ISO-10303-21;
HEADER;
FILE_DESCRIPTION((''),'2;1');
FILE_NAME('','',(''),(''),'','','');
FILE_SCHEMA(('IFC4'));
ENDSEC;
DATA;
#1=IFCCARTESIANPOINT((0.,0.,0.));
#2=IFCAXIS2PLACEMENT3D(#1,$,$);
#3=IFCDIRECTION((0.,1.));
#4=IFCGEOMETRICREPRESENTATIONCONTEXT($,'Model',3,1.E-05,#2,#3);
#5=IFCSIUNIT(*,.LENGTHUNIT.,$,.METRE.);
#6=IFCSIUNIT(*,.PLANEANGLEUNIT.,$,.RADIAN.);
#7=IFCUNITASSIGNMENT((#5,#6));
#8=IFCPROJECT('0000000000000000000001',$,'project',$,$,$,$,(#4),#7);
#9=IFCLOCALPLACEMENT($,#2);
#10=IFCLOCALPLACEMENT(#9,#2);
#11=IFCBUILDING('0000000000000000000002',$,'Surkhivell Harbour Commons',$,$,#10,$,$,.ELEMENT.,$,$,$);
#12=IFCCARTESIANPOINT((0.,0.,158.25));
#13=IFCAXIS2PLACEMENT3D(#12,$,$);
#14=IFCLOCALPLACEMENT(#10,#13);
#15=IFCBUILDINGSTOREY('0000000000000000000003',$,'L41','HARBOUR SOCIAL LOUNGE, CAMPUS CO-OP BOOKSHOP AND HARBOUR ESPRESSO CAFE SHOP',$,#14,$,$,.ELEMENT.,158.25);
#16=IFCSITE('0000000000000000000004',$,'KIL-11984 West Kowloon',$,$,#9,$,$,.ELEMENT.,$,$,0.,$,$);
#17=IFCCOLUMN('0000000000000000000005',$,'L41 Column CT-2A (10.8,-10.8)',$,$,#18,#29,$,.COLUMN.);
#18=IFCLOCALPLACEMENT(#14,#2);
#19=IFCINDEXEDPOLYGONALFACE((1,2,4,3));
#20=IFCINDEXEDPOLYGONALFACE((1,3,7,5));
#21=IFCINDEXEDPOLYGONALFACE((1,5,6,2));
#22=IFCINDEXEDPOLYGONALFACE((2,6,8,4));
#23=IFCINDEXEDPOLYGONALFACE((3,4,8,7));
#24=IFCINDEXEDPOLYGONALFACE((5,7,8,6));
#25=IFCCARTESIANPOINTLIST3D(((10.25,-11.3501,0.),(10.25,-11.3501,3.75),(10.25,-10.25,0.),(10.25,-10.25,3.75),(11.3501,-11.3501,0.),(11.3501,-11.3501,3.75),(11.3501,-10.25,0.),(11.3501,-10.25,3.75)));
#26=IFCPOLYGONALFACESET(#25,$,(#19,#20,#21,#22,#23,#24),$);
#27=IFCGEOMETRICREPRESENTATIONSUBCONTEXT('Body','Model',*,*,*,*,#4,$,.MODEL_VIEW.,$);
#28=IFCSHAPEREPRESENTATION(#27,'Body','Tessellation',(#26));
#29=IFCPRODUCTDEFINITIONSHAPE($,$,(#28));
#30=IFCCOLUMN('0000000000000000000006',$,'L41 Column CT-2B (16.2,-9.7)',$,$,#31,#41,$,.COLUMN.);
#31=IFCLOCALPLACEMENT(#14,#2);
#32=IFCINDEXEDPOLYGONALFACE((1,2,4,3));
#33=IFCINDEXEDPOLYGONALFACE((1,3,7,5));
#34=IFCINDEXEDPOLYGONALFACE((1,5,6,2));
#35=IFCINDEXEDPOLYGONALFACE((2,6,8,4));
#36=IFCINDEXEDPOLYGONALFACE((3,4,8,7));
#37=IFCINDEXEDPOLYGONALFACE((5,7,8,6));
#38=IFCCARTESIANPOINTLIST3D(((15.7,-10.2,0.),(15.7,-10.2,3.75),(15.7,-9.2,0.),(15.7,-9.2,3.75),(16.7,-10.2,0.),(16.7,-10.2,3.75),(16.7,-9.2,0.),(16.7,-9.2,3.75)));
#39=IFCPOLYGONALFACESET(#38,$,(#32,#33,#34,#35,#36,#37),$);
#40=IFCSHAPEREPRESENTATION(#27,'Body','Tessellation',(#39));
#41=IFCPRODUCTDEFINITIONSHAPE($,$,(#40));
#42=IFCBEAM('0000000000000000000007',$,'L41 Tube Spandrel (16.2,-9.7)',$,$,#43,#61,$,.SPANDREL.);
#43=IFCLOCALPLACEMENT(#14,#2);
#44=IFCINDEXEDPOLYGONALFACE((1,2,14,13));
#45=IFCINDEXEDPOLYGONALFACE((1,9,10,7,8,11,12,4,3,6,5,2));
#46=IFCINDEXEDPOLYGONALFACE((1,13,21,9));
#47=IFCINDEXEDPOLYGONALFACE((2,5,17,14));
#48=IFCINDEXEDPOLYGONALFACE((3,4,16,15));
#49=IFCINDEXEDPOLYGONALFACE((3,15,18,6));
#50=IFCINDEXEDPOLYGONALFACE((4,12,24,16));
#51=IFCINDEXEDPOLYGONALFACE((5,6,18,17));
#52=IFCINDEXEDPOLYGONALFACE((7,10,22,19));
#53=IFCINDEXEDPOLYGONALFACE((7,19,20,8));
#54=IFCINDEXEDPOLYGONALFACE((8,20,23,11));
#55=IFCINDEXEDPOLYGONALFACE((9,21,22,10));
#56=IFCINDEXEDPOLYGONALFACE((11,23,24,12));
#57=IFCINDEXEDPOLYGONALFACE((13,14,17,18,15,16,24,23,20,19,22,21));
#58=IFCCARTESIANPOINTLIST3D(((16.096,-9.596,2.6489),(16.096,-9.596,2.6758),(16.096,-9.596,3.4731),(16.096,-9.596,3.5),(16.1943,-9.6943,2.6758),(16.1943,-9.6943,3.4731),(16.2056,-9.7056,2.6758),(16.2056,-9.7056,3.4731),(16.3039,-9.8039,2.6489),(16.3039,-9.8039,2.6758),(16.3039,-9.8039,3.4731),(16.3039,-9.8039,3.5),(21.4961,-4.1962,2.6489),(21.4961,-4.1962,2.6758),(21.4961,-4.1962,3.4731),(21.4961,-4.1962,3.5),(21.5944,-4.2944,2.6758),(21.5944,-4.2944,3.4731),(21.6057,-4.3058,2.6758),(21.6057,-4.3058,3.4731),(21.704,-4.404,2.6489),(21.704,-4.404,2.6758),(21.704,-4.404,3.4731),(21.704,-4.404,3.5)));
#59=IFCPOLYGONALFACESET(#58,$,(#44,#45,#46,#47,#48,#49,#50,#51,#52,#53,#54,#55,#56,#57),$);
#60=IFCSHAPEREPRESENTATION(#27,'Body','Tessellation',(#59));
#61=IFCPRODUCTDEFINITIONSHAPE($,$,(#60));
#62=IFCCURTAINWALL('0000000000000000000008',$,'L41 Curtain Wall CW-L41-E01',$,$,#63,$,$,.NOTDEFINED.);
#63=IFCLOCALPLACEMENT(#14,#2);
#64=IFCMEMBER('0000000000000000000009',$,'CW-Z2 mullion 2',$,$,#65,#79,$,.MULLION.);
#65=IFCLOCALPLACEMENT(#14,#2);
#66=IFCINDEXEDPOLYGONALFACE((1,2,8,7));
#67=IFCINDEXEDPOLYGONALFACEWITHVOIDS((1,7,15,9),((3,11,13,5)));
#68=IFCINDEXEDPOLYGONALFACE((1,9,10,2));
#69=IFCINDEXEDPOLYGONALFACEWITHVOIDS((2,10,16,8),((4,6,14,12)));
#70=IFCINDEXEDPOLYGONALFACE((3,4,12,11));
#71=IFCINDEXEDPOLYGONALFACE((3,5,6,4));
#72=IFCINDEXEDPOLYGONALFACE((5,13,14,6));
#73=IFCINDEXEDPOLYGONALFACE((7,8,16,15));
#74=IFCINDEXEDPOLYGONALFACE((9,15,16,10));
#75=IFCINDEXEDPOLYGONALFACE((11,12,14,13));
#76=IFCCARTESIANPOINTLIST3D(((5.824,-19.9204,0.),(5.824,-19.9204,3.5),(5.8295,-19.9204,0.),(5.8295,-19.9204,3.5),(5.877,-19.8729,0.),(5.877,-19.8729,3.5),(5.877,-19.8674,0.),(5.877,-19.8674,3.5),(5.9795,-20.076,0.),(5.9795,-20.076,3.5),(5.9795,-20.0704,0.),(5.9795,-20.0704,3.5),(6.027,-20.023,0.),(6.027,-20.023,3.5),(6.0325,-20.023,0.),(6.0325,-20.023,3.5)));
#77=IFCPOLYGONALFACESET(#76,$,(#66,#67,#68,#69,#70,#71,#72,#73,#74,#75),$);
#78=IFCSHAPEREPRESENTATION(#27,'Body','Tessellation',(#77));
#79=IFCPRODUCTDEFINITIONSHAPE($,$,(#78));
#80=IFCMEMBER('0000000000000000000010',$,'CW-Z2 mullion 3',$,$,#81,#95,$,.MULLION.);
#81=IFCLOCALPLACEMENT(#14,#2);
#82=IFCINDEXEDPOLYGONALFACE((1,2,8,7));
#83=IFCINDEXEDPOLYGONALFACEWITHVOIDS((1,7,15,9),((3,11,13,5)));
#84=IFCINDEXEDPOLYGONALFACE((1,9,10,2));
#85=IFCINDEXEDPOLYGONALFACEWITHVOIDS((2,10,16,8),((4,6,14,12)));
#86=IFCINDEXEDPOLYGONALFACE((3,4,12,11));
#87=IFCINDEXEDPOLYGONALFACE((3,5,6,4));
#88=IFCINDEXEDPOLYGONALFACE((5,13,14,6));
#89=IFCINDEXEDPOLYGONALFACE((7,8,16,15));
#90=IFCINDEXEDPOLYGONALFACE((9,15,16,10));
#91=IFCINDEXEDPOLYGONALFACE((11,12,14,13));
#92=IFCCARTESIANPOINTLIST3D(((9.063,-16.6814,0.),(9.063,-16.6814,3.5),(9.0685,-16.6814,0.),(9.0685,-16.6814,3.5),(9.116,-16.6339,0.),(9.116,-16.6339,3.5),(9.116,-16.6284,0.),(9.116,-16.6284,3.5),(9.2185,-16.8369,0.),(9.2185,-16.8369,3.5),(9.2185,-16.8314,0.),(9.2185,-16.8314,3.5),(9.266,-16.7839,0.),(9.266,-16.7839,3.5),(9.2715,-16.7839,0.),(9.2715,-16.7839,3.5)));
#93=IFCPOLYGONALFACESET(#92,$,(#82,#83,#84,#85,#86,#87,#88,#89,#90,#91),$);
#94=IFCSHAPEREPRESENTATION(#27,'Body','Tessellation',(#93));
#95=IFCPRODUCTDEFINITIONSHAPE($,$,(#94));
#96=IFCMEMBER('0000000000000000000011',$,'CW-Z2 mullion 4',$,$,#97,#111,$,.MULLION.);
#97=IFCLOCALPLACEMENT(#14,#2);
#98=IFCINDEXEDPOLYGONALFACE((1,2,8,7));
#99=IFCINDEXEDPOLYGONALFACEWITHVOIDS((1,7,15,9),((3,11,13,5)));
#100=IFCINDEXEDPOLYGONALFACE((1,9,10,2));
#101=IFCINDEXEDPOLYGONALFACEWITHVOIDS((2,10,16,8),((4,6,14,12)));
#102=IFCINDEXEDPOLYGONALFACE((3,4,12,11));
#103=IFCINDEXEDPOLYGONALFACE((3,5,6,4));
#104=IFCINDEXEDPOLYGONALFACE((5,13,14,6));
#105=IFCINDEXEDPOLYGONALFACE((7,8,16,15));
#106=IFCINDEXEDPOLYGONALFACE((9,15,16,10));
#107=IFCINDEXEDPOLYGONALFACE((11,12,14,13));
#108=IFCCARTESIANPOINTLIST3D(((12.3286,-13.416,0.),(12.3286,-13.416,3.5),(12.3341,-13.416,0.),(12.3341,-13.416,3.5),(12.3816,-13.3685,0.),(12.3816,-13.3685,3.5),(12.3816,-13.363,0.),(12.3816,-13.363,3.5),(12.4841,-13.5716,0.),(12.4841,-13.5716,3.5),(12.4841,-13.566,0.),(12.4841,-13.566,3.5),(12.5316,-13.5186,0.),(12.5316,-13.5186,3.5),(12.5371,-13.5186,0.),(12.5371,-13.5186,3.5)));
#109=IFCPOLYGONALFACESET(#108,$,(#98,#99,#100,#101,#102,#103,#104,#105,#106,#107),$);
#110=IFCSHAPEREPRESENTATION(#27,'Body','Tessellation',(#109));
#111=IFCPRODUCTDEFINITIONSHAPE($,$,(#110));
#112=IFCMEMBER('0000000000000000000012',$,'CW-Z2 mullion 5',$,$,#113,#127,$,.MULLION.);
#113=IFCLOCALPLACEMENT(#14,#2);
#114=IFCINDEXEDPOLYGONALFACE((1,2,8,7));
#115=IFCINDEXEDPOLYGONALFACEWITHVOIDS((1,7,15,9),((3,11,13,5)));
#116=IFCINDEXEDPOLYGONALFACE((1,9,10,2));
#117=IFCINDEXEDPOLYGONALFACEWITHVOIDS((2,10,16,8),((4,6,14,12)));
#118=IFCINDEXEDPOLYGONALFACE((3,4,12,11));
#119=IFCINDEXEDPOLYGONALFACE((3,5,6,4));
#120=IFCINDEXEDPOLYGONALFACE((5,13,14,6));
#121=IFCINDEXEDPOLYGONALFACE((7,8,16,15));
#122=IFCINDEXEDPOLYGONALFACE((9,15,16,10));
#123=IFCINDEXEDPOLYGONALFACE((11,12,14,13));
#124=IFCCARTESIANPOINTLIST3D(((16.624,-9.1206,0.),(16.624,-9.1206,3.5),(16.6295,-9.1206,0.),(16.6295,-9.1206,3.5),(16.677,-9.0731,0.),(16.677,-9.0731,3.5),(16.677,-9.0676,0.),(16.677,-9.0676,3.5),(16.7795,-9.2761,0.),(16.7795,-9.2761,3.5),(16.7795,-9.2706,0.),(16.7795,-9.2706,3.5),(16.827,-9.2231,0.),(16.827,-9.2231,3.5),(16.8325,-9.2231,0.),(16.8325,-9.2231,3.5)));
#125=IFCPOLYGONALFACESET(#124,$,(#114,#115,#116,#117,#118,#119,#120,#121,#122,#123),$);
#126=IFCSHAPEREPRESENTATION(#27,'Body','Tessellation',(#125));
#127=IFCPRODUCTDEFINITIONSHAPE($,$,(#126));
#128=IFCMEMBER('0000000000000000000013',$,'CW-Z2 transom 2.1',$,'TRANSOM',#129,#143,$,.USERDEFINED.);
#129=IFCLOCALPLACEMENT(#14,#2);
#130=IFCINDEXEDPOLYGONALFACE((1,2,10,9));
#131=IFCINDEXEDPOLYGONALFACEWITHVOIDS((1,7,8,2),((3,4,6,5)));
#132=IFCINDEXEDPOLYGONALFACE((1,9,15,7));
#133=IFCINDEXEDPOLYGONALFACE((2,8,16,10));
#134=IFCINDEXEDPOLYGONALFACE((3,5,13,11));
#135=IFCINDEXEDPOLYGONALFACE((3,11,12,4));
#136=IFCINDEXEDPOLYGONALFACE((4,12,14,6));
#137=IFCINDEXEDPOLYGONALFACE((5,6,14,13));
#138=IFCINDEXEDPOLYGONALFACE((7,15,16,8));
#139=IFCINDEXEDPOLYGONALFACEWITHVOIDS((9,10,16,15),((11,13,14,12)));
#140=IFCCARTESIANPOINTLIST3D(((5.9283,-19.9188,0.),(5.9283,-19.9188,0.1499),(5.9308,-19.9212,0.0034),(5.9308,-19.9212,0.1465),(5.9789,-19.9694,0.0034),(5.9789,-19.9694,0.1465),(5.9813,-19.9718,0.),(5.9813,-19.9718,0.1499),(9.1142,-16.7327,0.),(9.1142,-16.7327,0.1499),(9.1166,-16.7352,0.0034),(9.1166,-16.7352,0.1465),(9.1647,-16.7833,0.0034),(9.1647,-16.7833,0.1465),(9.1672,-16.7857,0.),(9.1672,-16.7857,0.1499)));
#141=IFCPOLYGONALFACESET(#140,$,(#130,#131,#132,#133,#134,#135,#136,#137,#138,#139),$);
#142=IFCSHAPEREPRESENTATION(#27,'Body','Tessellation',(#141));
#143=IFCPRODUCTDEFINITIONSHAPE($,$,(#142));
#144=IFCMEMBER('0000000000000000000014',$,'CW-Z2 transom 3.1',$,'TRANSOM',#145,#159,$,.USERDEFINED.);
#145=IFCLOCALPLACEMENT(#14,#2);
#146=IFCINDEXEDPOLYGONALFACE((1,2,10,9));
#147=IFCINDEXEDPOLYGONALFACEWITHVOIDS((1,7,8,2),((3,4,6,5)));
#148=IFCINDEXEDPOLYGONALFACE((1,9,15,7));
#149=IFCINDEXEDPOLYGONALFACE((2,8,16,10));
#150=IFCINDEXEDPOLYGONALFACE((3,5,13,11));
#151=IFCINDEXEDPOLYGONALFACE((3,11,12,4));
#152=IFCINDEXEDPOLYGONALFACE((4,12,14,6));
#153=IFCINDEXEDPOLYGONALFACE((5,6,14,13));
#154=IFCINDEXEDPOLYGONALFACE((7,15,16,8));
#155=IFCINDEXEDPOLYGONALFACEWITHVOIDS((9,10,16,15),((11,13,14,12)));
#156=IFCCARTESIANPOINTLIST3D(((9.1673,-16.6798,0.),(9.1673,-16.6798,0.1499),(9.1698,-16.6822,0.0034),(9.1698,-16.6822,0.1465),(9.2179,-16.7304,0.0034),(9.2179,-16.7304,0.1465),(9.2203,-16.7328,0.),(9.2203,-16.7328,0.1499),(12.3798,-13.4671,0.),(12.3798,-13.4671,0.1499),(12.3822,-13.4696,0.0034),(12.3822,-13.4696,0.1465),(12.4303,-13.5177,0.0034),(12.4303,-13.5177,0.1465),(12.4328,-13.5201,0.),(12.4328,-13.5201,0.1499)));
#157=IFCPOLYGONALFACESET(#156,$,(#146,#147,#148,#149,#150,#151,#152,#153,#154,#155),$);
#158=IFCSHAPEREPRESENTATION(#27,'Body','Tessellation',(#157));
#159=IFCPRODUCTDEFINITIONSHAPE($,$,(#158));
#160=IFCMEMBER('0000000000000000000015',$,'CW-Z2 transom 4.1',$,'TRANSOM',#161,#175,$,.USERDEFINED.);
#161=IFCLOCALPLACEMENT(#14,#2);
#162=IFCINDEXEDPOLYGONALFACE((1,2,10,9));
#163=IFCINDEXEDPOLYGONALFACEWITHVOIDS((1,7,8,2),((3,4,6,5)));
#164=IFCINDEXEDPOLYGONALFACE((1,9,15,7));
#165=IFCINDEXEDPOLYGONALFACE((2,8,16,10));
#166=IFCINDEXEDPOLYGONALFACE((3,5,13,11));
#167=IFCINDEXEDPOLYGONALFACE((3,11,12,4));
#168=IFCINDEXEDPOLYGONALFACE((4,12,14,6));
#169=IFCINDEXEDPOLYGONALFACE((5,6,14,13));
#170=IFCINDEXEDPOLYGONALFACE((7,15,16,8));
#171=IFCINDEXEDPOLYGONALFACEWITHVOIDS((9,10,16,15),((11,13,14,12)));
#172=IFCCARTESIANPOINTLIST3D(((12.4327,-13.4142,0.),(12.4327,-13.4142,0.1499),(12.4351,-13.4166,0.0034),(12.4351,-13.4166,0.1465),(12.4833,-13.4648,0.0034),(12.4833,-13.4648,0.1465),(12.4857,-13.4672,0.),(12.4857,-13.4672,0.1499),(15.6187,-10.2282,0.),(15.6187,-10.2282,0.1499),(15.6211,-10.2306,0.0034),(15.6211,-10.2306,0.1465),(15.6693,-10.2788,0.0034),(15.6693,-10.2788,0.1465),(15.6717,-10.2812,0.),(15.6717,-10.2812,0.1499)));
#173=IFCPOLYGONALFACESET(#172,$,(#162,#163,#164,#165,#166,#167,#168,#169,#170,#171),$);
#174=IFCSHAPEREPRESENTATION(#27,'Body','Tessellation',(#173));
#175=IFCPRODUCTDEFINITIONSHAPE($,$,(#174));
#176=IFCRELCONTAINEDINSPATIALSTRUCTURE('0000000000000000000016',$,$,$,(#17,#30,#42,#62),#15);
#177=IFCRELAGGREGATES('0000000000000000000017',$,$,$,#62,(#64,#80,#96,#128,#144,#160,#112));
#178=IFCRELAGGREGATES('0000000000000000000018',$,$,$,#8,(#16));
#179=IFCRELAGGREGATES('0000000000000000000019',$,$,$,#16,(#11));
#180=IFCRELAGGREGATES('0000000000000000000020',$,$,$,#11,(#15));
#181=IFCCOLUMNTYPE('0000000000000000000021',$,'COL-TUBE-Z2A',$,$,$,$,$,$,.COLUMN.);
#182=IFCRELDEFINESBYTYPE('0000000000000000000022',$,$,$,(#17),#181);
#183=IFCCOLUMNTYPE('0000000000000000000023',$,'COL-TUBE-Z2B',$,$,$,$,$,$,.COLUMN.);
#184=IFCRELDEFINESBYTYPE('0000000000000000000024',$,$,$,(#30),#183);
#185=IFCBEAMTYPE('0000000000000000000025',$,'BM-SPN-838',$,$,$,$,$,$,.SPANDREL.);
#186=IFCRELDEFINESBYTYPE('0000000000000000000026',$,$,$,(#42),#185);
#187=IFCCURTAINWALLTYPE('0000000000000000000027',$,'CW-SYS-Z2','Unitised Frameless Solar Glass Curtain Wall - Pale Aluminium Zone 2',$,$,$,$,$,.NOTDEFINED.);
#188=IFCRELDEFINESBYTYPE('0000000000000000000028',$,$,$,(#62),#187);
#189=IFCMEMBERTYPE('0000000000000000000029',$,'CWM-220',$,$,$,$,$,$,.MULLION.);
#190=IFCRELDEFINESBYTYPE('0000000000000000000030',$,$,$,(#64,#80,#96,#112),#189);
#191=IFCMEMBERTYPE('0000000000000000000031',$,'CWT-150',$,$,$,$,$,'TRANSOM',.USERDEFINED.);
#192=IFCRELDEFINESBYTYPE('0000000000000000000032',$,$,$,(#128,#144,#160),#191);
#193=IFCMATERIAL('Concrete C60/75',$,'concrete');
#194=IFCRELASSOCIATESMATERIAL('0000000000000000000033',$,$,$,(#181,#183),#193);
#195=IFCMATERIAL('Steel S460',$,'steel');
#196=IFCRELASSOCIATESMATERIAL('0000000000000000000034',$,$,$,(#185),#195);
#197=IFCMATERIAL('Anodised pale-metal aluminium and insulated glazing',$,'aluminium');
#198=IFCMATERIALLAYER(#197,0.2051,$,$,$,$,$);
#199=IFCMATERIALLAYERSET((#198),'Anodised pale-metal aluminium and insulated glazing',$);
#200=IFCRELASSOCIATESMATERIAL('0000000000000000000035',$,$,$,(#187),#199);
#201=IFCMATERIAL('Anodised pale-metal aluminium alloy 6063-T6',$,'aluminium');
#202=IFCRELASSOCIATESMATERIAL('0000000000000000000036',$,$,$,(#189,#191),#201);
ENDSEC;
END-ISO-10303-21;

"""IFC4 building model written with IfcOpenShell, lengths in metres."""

from ifc_helpers import new_model, si_unit, direction, frame, origin, origin_2d, place, context, subcontext, project, spatial, rectangle, hollow_rectangle, i_section, extrude, material, layer, layer_set, material_profile, profile_set, type_object, element, aggregate, save


model = new_model("IFC4")

# Units and contexts
model_context = context("Model", 3, precision=1e-05, world=origin(), true_north=direction((0.0, 1.0)))
body_context = subcontext(model_context, "Body", "Model", "MODEL_VIEW")
ifc_project = project(units=[si_unit("LENGTHUNIT", "METRE"), si_unit("PLANEANGLEUNIT", "RADIAN")], contexts=[model_context])

# Site, building, storey
site_placement = place(None, origin())
site = spatial("IfcSite", under=ifc_project, at=site_placement, Name="KIL-11984 West Kowloon", CompositionType="ELEMENT", RefElevation=0.0)
building_placement = place(site_placement, origin())
building = spatial("IfcBuilding", under=site, at=building_placement, Name="Surkhivell Harbour Commons", CompositionType="ELEMENT")
storey_placement = place(building_placement, frame((0.0, 0.0, 158.25)))
storey = spatial("IfcBuildingStorey", under=building, at=storey_placement, Name="L41", Description="HARBOUR SOCIAL LOUNGE, CAMPUS CO-OP BOOKSHOP AND HARBOUR ESPRESSO CAFE SHOP", CompositionType="ELEMENT", Elevation=158.25)

# Columns
ifc_material_1 = material(Name="Concrete C60/75", Category="concrete")
ifc_material_profile_1 = material_profile(ifc_material_1, rectangle(XDim=1.1001, YDim=1.1001, at=origin_2d()), Name="RC-COL-1100x1100")
ifc_profile_set_1 = profile_set([ifc_material_profile_1], Name="Concrete C60/75")
column_type_1 = type_object("IfcColumnType", Name="COL-TUBE-Z2A", PredefinedType="COLUMN", material=ifc_profile_set_1)
column_1_placement = place(storey_placement, frame((10.8, -10.8, 0.0), z_axis=(0.0, 0.0, 1.0), x_axis=(1.0, 0.0, 0.0)))
element("IfcColumn", 1, at=column_1_placement, inside=storey, type_object=column_type_1, Name="L41 Column CT-2A (10.8,-10.8)", PredefinedType="COLUMN", context=body_context, shape_type="SweptSolid", body=[
    extrude(rectangle(XDim=1.1001, YDim=1.1001, at=origin_2d()), origin(), (0.0, 0.0, 1.0), 3.75),
])
ifc_material_profile_2 = material_profile(ifc_material_1, rectangle(XDim=1.0, YDim=1.0, at=origin_2d()), Name="RC-COL-1000x1000")
ifc_profile_set_2 = profile_set([ifc_material_profile_2], Name="Concrete C60/75")
column_type_2 = type_object("IfcColumnType", Name="COL-TUBE-Z2B", PredefinedType="COLUMN", material=ifc_profile_set_2)
column_2_placement = place(storey_placement, frame((16.2, -9.7, 0.0), z_axis=(0.0, 0.0, 1.0), x_axis=(1.0, 0.0, 0.0)))
element("IfcColumn", 2, at=column_2_placement, inside=storey, type_object=column_type_2, Name="L41 Column CT-2B (16.2,-9.7)", PredefinedType="COLUMN", context=body_context, shape_type="SweptSolid", body=[
    extrude(rectangle(XDim=1.0, YDim=1.0, at=origin_2d()), origin(), (0.0, 0.0, 1.0), 3.75),
])

# Beam
ifc_material_2 = material(Name="Steel S460", Category="steel")
ifc_material_profile_3 = material_profile(ifc_material_2, i_section(OverallWidth=0.2939, OverallDepth=0.8511, WebThickness=0.0161, FlangeThickness=0.0269, at=origin_2d()), Name="UB838x292x226")
ifc_profile_set_3 = profile_set([ifc_material_profile_3], Name="Steel S460")
beam_type = type_object("IfcBeamType", Name="BM-SPN-838", PredefinedType="SPANDREL", material=ifc_profile_set_3)
beam_placement = place(storey_placement, frame((16.2, -9.7, 3.0745), z_axis=(0.707123, 0.707091, 0.0), x_axis=(-0.707091, 0.707123, 0.0)))
element("IfcBeam", 3, at=beam_placement, inside=storey, type_object=beam_type, Name="L41 Tube Spandrel (16.2,-9.7)", PredefinedType="SPANDREL", context=body_context, shape_type="SweptSolid", body=[
    extrude(i_section(OverallWidth=0.2939, OverallDepth=0.8511, WebThickness=0.0161, FlangeThickness=0.0269, at=origin_2d()), origin(), (0.0, 0.0, 1.0), 7.6367),
])

# Curtain wall, members
ifc_material_3 = material(Name="Anodised pale-metal aluminium and insulated glazing", Category="aluminium")
ifc_layer_1 = layer(ifc_material_3, 0.2051)
ifc_layer_set_1 = layer_set([ifc_layer_1], Name="Anodised pale-metal aluminium and insulated glazing")
curtain_wall_type = type_object("IfcCurtainWallType", Name="CW-SYS-Z2", Description="Unitised Frameless Solar Glass Curtain Wall - Pale Aluminium Zone 2", PredefinedType="NOTDEFINED", material=ifc_layer_set_1)
curtain_wall_placement = place(storey_placement, origin())
curtain_wall = element("IfcCurtainWall", 4, at=curtain_wall_placement, inside=storey, type_object=curtain_wall_type, Name="L41 Curtain Wall CW-L41-E01", PredefinedType="NOTDEFINED")
ifc_material_4 = material(Name="Anodised pale-metal aluminium alloy 6063-T6", Category="aluminium")
ifc_material_profile_4 = material_profile(ifc_material_4, hollow_rectangle(XDim=0.075, YDim=0.22, WallThickness=0.0039, at=origin_2d()), Name="ALU-MULL-75x220")
ifc_profile_set_4 = profile_set([ifc_material_profile_4], Name="Anodised pale-metal aluminium alloy 6063-T6")
member_type_1 = type_object("IfcMemberType", Name="CWM-220", PredefinedType="MULLION", material=ifc_profile_set_4)
member_1_placement = place(storey_placement, frame((5.9282, -19.9717, 0.0), z_axis=(0.0, 0.0, 1.0), x_axis=(0.707107, 0.707107, 0.0)))
member_1 = element("IfcMember", 5, at=member_1_placement, type_object=member_type_1, Name="CW-Z2 mullion 2", PredefinedType="MULLION", context=body_context, shape_type="SweptSolid", body=[
    extrude(hollow_rectangle(XDim=0.075, YDim=0.22, WallThickness=0.0039, at=origin_2d()), origin(), (0.0, 0.0, 1.0), 3.5),
])
member_2_placement = place(storey_placement, frame((9.1672, -16.7327, 0.0), z_axis=(0.0, 0.0, 1.0), x_axis=(0.707107, 0.707107, 0.0)))
member_2 = element("IfcMember", 6, at=member_2_placement, type_object=member_type_1, Name="CW-Z2 mullion 3", PredefinedType="MULLION", context=body_context, shape_type="SweptSolid", body=[
    extrude(hollow_rectangle(XDim=0.075, YDim=0.22, WallThickness=0.0039, at=origin_2d()), origin(), (0.0, 0.0, 1.0), 3.5),
])
member_3_placement = place(storey_placement, frame((12.4329, -13.4673, 0.0), z_axis=(0.0, 0.0, 1.0), x_axis=(0.707107, 0.707107, 0.0)))
member_3 = element("IfcMember", 7, at=member_3_placement, type_object=member_type_1, Name="CW-Z2 mullion 4", PredefinedType="MULLION", context=body_context, shape_type="SweptSolid", body=[
    extrude(hollow_rectangle(XDim=0.075, YDim=0.22, WallThickness=0.0039, at=origin_2d()), origin(), (0.0, 0.0, 1.0), 3.5),
])
member_4_placement = place(storey_placement, frame((16.7283, -9.1719, 0.0), z_axis=(0.0, 0.0, 1.0), x_axis=(0.707107, 0.707107, 0.0)))
member_4 = element("IfcMember", 8, at=member_4_placement, type_object=member_type_1, Name="CW-Z2 mullion 5", PredefinedType="MULLION", context=body_context, shape_type="SweptSolid", body=[
    extrude(hollow_rectangle(XDim=0.075, YDim=0.22, WallThickness=0.0039, at=origin_2d()), origin(), (0.0, 0.0, 1.0), 3.5),
])
ifc_material_profile_5 = material_profile(ifc_material_4, hollow_rectangle(XDim=0.075, YDim=0.1499, WallThickness=0.0034, at=origin_2d()), Name="ALU-TRAN-75x150")
ifc_profile_set_5 = profile_set([ifc_material_profile_5], Name="Anodised pale-metal aluminium alloy 6063-T6")
member_type_2 = type_object("IfcMemberType", Name="CWT-150", ElementType="TRANSOM", PredefinedType="USERDEFINED", material=ifc_profile_set_5)
member_5_placement = place(storey_placement, frame((5.9548, -19.9453, 0.075), z_axis=(0.70708, 0.707134, 0.0), x_axis=(-0.707134, 0.70708, 0.0)))
member_5 = element("IfcMember", 9, at=member_5_placement, type_object=member_type_2, Name="CW-Z2 transom 2.1", ObjectType="TRANSOM", PredefinedType="USERDEFINED", context=body_context, shape_type="SweptSolid", body=[
    extrude(hollow_rectangle(XDim=0.075, YDim=0.1499, WallThickness=0.0034, at=origin_2d()), origin(), (0.0, 0.0, 1.0), 4.5056),
])
member_6_placement = place(storey_placement, frame((9.1938, -16.7063, 0.075), z_axis=(0.70708, 0.707134, 0.0), x_axis=(-0.707134, 0.70708, 0.0)))
member_6 = element("IfcMember", 10, at=member_6_placement, type_object=member_type_2, Name="CW-Z2 transom 3.1", ObjectType="TRANSOM", PredefinedType="USERDEFINED", context=body_context, shape_type="SweptSolid", body=[
    extrude(hollow_rectangle(XDim=0.075, YDim=0.1499, WallThickness=0.0034, at=origin_2d()), origin(), (0.0, 0.0, 1.0), 4.5432),
])
member_7_placement = place(storey_placement, frame((12.4592, -13.4407, 0.075), z_axis=(0.707107, 0.707107, 0.0), x_axis=(-0.707107, 0.707107, 0.0)))
member_7 = element("IfcMember", 11, at=member_7_placement, type_object=member_type_2, Name="CW-Z2 transom 4.1", ObjectType="TRANSOM", PredefinedType="USERDEFINED", context=body_context, shape_type="SweptSolid", body=[
    extrude(hollow_rectangle(XDim=0.075, YDim=0.1499, WallThickness=0.0034, at=origin_2d()), origin(), (0.0, 0.0, 1.0), 4.5056),
])
aggregate(curtain_wall, [member_1, member_2, member_3, member_5, member_6, member_7, member_4])

save(model, "model.ifc")
